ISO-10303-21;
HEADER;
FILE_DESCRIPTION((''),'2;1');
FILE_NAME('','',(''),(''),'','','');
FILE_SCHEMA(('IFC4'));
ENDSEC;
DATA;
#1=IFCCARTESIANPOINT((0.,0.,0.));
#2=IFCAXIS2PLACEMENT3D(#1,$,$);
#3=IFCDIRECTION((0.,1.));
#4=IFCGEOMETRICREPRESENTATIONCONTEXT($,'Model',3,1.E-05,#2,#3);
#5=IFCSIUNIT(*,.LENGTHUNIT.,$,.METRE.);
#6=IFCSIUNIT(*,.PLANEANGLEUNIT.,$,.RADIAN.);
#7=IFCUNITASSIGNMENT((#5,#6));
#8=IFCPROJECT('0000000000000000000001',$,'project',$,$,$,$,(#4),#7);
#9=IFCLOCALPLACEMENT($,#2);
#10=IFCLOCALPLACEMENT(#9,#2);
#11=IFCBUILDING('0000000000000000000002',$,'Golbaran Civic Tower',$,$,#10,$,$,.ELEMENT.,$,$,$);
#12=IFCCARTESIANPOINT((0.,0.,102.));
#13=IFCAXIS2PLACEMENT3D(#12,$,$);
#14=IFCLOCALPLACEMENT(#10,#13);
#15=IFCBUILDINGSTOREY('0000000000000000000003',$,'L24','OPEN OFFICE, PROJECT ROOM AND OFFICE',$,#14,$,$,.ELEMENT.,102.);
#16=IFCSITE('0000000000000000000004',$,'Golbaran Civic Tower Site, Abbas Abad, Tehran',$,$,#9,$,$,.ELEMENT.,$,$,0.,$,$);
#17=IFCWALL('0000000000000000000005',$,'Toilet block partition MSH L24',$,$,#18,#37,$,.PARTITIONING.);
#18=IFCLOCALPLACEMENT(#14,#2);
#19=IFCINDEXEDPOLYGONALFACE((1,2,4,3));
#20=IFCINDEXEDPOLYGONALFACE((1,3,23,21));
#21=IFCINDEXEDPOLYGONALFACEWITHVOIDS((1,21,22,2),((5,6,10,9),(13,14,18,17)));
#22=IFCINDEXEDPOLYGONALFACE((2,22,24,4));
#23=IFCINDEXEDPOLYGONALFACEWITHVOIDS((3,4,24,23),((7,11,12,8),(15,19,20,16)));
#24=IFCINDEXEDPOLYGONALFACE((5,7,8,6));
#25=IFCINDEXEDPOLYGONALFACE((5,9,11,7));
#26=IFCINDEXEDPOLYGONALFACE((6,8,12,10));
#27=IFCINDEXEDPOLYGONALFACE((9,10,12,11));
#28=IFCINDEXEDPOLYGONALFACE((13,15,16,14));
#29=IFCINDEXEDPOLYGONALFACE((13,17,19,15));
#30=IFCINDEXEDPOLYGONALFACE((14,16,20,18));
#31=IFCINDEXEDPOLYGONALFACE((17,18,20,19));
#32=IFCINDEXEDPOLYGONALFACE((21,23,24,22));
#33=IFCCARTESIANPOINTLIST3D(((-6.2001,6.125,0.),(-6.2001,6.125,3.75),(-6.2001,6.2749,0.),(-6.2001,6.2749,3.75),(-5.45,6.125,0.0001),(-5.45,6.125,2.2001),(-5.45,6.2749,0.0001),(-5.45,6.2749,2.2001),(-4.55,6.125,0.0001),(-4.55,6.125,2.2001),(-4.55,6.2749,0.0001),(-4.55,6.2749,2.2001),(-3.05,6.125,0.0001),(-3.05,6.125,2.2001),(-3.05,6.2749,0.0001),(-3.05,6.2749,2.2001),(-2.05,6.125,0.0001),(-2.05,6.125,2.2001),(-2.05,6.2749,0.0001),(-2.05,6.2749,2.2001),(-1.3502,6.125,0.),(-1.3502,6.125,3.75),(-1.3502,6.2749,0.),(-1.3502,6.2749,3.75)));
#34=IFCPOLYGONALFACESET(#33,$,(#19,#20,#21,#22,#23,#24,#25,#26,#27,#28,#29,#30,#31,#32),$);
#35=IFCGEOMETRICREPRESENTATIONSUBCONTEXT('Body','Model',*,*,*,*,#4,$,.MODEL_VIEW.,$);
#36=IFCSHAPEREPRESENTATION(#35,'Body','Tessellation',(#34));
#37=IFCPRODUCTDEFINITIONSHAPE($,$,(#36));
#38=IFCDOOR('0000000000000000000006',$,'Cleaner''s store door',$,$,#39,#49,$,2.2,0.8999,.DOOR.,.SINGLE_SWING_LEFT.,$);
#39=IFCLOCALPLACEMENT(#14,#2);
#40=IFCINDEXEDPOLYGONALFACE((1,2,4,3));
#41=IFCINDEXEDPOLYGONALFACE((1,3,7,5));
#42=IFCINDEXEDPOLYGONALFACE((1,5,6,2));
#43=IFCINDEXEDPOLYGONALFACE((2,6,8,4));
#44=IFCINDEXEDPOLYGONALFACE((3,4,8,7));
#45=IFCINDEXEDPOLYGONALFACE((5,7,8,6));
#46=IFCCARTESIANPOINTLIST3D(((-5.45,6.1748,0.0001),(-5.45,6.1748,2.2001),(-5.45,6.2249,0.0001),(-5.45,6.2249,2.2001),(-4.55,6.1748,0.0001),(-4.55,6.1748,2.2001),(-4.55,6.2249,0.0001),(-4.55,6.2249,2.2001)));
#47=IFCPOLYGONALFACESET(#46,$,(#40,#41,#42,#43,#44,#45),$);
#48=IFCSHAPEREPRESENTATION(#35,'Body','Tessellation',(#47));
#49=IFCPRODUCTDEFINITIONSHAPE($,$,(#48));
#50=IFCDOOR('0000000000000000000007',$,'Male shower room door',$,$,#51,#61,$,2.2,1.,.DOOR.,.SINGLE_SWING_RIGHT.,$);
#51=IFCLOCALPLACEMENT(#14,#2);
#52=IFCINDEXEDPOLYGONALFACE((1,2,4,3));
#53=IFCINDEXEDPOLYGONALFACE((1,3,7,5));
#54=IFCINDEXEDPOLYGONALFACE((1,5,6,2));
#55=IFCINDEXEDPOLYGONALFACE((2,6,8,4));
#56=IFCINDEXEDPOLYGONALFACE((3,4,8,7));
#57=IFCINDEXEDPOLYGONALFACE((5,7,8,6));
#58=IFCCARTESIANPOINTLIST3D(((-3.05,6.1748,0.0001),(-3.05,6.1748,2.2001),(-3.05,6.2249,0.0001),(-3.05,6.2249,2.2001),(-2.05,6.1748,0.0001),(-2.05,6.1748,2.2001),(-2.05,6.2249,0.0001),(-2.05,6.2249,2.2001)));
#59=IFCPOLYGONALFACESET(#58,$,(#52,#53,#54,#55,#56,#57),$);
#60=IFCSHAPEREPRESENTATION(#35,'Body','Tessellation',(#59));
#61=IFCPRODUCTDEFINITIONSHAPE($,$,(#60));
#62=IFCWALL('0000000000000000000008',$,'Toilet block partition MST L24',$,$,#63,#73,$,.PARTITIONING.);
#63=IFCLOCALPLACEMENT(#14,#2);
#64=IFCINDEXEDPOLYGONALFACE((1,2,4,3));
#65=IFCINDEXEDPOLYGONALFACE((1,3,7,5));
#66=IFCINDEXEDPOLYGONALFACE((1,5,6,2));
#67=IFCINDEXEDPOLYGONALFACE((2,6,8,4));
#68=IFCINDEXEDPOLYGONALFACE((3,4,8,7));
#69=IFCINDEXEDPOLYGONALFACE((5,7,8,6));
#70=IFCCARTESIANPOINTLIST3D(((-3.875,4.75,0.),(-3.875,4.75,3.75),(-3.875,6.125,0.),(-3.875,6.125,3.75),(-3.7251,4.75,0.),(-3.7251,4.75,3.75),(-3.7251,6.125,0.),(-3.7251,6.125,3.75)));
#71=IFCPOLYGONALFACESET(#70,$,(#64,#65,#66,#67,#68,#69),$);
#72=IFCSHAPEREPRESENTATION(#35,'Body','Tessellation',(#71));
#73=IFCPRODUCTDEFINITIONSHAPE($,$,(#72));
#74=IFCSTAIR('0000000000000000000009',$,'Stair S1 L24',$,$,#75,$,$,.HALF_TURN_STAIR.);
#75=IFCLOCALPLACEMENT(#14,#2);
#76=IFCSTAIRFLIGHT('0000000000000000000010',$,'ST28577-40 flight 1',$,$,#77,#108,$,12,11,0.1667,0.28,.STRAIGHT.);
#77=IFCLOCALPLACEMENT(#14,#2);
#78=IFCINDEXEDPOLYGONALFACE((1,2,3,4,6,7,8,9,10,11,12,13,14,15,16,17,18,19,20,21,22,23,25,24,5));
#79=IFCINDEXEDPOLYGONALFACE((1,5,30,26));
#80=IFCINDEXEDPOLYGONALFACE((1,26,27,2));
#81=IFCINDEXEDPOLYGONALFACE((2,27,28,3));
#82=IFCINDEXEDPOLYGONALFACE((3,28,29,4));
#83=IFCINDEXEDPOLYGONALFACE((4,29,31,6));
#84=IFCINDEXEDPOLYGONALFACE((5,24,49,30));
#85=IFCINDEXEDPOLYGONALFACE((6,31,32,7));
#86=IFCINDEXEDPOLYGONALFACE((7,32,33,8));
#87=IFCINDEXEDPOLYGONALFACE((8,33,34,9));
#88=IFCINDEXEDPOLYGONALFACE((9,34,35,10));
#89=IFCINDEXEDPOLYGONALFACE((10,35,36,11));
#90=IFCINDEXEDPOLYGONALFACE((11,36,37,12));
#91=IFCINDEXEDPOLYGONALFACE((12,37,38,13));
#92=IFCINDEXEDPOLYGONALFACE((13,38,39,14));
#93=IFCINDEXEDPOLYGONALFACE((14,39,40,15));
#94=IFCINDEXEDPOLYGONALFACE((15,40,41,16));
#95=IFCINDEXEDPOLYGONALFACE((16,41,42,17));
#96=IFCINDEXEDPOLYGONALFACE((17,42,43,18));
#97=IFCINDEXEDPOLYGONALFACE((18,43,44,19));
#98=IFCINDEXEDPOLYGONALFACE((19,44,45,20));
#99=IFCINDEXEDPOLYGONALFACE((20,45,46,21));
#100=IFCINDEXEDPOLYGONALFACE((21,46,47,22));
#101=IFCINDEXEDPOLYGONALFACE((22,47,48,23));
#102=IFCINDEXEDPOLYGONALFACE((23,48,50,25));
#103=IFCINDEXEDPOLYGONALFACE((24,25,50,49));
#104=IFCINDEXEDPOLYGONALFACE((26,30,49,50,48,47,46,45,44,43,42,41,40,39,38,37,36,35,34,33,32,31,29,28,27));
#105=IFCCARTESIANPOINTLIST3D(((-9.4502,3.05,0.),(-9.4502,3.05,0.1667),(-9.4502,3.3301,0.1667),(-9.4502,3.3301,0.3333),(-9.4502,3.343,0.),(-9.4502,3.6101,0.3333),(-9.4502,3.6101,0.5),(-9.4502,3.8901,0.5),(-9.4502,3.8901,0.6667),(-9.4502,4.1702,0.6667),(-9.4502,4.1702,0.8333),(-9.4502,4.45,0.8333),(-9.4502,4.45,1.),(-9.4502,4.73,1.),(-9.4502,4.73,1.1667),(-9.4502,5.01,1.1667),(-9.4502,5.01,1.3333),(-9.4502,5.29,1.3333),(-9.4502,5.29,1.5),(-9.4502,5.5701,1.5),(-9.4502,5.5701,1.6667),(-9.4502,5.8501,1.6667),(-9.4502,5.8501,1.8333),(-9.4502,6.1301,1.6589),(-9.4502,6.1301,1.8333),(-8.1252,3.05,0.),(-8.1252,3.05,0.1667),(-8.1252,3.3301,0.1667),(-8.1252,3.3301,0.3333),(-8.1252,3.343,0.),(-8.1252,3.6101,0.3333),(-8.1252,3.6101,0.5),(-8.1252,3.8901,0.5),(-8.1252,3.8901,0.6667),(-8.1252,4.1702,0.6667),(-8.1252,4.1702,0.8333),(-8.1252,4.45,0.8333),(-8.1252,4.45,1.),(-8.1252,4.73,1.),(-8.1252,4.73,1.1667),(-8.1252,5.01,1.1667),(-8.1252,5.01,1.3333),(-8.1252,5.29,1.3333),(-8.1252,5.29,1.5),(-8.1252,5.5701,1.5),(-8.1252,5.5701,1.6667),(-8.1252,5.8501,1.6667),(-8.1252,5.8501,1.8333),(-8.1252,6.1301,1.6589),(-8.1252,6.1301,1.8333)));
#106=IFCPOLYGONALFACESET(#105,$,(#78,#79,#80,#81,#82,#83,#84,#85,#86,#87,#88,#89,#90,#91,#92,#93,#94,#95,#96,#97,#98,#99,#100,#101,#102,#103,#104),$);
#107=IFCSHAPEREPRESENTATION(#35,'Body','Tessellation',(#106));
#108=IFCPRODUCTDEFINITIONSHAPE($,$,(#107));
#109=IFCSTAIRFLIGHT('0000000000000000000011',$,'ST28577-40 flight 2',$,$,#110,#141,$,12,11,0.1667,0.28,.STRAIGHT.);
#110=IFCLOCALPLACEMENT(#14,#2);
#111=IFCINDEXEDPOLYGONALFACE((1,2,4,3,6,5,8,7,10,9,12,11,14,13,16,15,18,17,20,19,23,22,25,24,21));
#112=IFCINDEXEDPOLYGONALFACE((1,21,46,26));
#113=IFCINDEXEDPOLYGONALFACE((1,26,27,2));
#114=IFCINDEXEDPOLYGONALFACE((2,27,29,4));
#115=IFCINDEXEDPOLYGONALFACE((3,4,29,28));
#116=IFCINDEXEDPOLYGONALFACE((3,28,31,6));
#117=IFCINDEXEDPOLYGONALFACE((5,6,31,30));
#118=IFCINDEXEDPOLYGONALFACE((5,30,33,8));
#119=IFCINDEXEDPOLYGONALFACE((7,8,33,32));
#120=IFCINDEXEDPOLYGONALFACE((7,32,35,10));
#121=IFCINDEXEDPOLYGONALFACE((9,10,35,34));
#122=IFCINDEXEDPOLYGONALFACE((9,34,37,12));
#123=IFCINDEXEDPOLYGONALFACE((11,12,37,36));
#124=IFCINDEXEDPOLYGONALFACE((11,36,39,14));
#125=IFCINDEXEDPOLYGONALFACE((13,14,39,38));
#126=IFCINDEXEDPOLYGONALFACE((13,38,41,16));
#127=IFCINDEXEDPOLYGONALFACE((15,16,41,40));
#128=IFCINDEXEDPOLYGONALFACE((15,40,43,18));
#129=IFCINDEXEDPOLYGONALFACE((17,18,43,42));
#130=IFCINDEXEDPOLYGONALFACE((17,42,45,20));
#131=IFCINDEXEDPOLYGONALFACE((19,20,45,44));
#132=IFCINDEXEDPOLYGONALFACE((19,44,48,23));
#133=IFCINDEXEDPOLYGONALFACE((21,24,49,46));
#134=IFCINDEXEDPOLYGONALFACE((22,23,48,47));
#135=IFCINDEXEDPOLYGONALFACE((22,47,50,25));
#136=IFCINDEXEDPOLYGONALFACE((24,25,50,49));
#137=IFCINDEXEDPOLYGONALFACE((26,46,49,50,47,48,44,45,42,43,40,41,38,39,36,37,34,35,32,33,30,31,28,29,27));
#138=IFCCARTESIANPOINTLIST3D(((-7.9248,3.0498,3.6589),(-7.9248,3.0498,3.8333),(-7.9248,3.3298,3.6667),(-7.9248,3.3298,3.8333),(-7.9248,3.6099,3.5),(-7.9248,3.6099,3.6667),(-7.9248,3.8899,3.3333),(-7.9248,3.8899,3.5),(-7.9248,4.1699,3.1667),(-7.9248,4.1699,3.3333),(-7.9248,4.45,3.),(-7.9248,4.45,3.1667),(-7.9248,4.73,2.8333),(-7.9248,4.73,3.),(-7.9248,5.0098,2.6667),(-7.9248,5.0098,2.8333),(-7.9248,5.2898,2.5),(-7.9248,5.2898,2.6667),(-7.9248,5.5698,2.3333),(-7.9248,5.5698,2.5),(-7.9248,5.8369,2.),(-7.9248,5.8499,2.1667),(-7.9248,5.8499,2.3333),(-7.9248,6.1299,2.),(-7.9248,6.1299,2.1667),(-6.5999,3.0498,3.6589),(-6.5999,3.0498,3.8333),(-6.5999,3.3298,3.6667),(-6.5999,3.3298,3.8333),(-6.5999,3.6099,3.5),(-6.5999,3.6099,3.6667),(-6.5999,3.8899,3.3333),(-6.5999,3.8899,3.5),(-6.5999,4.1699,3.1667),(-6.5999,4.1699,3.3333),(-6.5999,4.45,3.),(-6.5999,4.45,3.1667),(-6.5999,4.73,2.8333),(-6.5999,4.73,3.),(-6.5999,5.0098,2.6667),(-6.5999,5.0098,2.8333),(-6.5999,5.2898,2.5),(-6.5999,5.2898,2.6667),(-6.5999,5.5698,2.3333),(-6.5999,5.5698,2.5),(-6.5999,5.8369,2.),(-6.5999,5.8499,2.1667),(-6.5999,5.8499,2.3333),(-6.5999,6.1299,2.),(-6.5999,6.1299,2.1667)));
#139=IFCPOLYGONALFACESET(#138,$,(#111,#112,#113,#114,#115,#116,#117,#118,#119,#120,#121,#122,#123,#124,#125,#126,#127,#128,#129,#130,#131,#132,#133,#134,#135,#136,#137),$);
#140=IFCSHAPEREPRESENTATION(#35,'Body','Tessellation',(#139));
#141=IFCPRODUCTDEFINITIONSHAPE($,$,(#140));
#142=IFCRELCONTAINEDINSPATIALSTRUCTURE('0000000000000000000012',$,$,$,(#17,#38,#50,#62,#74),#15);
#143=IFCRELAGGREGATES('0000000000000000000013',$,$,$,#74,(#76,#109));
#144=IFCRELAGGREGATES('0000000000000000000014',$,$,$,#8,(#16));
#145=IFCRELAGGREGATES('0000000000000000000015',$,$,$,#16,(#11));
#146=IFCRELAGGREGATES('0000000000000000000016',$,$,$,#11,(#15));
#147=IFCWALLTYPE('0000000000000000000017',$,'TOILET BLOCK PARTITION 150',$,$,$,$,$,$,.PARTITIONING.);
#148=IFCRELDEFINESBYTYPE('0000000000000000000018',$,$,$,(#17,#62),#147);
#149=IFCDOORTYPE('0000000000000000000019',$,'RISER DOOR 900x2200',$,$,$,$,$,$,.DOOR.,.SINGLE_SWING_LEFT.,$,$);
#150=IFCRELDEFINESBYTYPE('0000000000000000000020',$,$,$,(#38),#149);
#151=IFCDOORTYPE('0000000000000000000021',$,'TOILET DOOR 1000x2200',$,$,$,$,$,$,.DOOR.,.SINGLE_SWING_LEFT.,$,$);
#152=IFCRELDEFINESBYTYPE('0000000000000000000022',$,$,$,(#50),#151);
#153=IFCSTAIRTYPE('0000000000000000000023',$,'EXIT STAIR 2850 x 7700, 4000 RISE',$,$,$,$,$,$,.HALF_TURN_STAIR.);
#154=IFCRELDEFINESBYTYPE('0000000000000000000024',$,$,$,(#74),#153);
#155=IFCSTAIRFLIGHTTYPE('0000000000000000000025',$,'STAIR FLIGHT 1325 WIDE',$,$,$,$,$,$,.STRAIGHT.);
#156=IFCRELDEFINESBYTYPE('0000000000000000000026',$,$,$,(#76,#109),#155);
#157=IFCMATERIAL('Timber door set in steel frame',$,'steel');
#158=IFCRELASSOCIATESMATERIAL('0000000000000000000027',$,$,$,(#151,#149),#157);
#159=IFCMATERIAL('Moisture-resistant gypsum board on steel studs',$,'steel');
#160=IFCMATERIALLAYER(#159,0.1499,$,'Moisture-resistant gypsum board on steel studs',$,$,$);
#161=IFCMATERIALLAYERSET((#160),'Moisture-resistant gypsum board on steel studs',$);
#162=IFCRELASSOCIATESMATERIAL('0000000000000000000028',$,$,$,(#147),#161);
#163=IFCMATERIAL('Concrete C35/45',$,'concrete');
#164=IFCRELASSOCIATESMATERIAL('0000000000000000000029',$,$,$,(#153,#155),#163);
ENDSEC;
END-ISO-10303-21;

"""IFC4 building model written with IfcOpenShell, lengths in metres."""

from ifc_helpers import new_model, si_unit, direction, frame, frame_2d, origin, place, context, subcontext, project, spatial, polyline, rectangle, outline, extrude, material, layer, layer_set, type_object, element, fill, aggregate, save


model = new_model("IFC4")

# Units and contexts
model_context = context("Model", 3, precision=1e-05, world=origin(), true_north=direction((0.0, 1.0)))
body_context = subcontext(model_context, "Body", "Model", "MODEL_VIEW")
ifc_project = project(units=[si_unit("LENGTHUNIT", "METRE"), si_unit("PLANEANGLEUNIT", "RADIAN")], contexts=[model_context])

# Site, building, storey
site_placement = place(None, origin())
site = spatial("IfcSite", under=ifc_project, at=site_placement, Name="Golbaran Civic Tower Site, Abbas Abad, Tehran", CompositionType="ELEMENT", RefElevation=0.0)
building_placement = place(site_placement, origin())
building = spatial("IfcBuilding", under=site, at=building_placement, Name="Golbaran Civic Tower", CompositionType="ELEMENT")
storey_placement = place(building_placement, frame((0.0, 0.0, 102.0)))
storey = spatial("IfcBuildingStorey", under=building, at=storey_placement, Name="L24", Description="OPEN OFFICE, PROJECT ROOM AND OFFICE", CompositionType="ELEMENT", Elevation=102.0)

# Shared definitions
ifc_material_1 = material(Name="Concrete C35/45", Category="concrete")

# Shared definitions
ifc_material_2 = material(Name="Timber door set in steel frame", Category="steel")

# Shared definitions
door_type_1 = type_object("IfcDoorType", Name="TOILET DOOR 1000x2200", OperationType="SINGLE_SWING_LEFT", PredefinedType="DOOR", material=ifc_material_2)

# Wall, openings, doors
ifc_material_3 = material(Name="Moisture-resistant gypsum board on steel studs", Category="steel")
ifc_layer_1 = layer(ifc_material_3, 0.1499, Name="Moisture-resistant gypsum board on steel studs")
ifc_layer_set_1 = layer_set([ifc_layer_1], Name="Moisture-resistant gypsum board on steel studs")
wall_type_1 = type_object("IfcWallType", Name="TOILET BLOCK PARTITION 150", PredefinedType="PARTITIONING", material=ifc_layer_set_1)
wall_1_placement = place(storey_placement, frame((-6.2, 6.2, 0.0), z_axis=(0.0, 0.0, 1.0), x_axis=(1.0, 0.0, 0.0)))
wall_1 = element("IfcWall", 1, at=wall_1_placement, inside=storey, type_object=wall_type_1, Name="Toilet block partition MSH L24", PredefinedType="PARTITIONING", context=body_context, shape_type="SweptSolid", body=[
    extrude(rectangle(XDim=4.8499, YDim=0.1499, at=frame_2d((2.4248, 0.0))), origin(), (0.0, 0.0, 1.0), 3.75),
])
opening_1_placement = place(wall_1_placement, frame((3.1499, 0.0, 0.0)))
opening_1 = element("IfcOpeningElement", 2, at=opening_1_placement, cuts=wall_1, PredefinedType="OPENING", context=body_context, shape_type="SweptSolid", body=[
    extrude(rectangle(XDim=1.0, YDim=2.2, at=frame_2d((0.5, 1.1001))), frame((0.0, 0.085, 0.0), z_axis=(0.0, -1.0, 0.0), x_axis=(1.0, 0.0, 0.0)), (0.0, 0.0, 1.0), 0.1699),
])
opening_2_placement = place(wall_1_placement, frame((0.75, 0.0, 0.0)))
opening_2 = element("IfcOpeningElement", 3, at=opening_2_placement, cuts=wall_1, PredefinedType="OPENING", context=body_context, shape_type="SweptSolid", body=[
    extrude(rectangle(XDim=0.8999, YDim=2.2, at=frame_2d((0.45, 1.1001))), frame((0.0, 0.085, 0.0), z_axis=(0.0, -1.0, 0.0), x_axis=(1.0, 0.0, 0.0)), (0.0, 0.0, 1.0), 0.1699),
])
door_type_2 = type_object("IfcDoorType", Name="RISER DOOR 900x2200", OperationType="SINGLE_SWING_LEFT", PredefinedType="DOOR", material=ifc_material_2)
door_1_placement = place(opening_2_placement, origin())
door_1 = element("IfcDoor", 4, at=door_1_placement, inside=storey, type_object=door_type_2, Name="Cleaner's store door", OperationType="SINGLE_SWING_LEFT", OverallHeight=2.2, OverallWidth=0.8999, PredefinedType="DOOR", context=body_context, shape_type="SweptSolid", body=[
    extrude(rectangle(XDim=0.8999, YDim=2.2, at=frame_2d((0.45, 1.1001))), frame((0.0, 0.0249, 0.0), z_axis=(0.0, -1.0, 0.0), x_axis=(1.0, 0.0, 0.0)), (0.0, 0.0, 1.0), 0.05),
])
fill(opening_2, door_1)
door_2_placement = place(opening_1_placement, origin())
door_2 = element("IfcDoor", 5, at=door_2_placement, inside=storey, type_object=door_type_1, Name="Male shower room door", OperationType="SINGLE_SWING_RIGHT", OverallHeight=2.2, OverallWidth=1.0, PredefinedType="DOOR", context=body_context, shape_type="SweptSolid", body=[
    extrude(rectangle(XDim=1.0, YDim=2.2, at=frame_2d((0.5, 1.1001))), frame((0.0, 0.0249, 0.0), z_axis=(0.0, -1.0, 0.0), x_axis=(1.0, 0.0, 0.0)), (0.0, 0.0, 1.0), 0.05),
])
fill(opening_1, door_2)

# Wall
wall_2_placement = place(storey_placement, frame((-3.8, 4.75, 0.0), z_axis=(0.0, 0.0, 1.0), x_axis=(0.0, 1.0, 0.0)))
element("IfcWall", 6, at=wall_2_placement, inside=storey, type_object=wall_type_1, Name="Toilet block partition MST L24", PredefinedType="PARTITIONING", context=body_context, shape_type="SweptSolid", body=[
    extrude(rectangle(XDim=1.375, YDim=0.1499, at=frame_2d((0.6875, 0.0))), origin(), (0.0, 0.0, 1.0), 3.75),
])

# Stair, stair flights
stair_type = type_object("IfcStairType", Name="EXIT STAIR 2850 x 7700, 4000 RISE", PredefinedType="HALF_TURN_STAIR", material=ifc_material_1)
stair_placement = place(storey_placement, origin())
stair = element("IfcStair", 7, at=stair_placement, inside=storey, type_object=stair_type, Name="Stair S1 L24", PredefinedType="HALF_TURN_STAIR")
stair_flight_type = type_object("IfcStairFlightType", Name="STAIR FLIGHT 1325 WIDE", PredefinedType="STRAIGHT", material=ifc_material_1)
stair_flight_1_placement = place(storey_placement, frame((-8.7876, 3.05, 0.0), z_axis=(0.0, 0.0, 1.0), x_axis=(0.0, 1.0, 0.0)))
stair_flight_1 = element("IfcStairFlight", 8, at=stair_flight_1_placement, type_object=stair_flight_type, Name="ST28577-40 flight 1", NumberOfRisers=12, NumberOfTreads=11, PredefinedType="STRAIGHT", RiserHeight=0.1667, TreadLength=0.28, context=body_context, shape_type="SweptSolid", body=[
    extrude(outline(polyline([(0.0, 0.0), (0.0, 0.1667), (0.28, 0.1667), (0.28, 0.3333), (0.5601, 0.3333), (0.5601, 0.5), (0.8401, 0.5), (0.8401, 0.6667), (1.1201, 0.6667), (1.1201, 0.8333), (1.3999, 0.8333), (1.3999, 1.0), (1.6799, 1.0), (1.6799, 1.1667), (1.96, 1.1667), (1.96, 1.3333), (2.24, 1.3333), (2.24, 1.5), (2.52, 1.5), (2.52, 1.6667), (2.8, 1.6667), (2.8, 1.8333), (3.0801, 1.8333), (3.0801, 2.0), (3.0801, 1.6589), (0.293, 0.0), (0.0, 0.0)])), frame((0.0, 0.6626, 0.0), z_axis=(0.0, -1.0, 0.0), x_axis=(1.0, 0.0, 0.0)), (0.0, 0.0, 1.0), 1.325),
])
stair_flight_2_placement = place(storey_placement, frame((-7.2625, 6.1299, 2.0), z_axis=(0.0, 0.0, 1.0), x_axis=(0.0, -1.0, 0.0)))
stair_flight_2 = element("IfcStairFlight", 9, at=stair_flight_2_placement, type_object=stair_flight_type, Name="ST28577-40 flight 2", NumberOfRisers=12, NumberOfTreads=11, PredefinedType="STRAIGHT", RiserHeight=0.1667, TreadLength=0.28, context=body_context, shape_type="SweptSolid", body=[
    extrude(outline(polyline([(0.0, 0.0), (0.0, 0.1667), (0.28, 0.1667), (0.28, 0.3333), (0.5601, 0.3333), (0.5601, 0.5), (0.8401, 0.5), (0.8401, 0.6667), (1.1201, 0.6667), (1.1201, 0.8333), (1.3999, 0.8333), (1.3999, 1.0), (1.6799, 1.0), (1.6799, 1.1667), (1.96, 1.1667), (1.96, 1.3333), (2.24, 1.3333), (2.24, 1.5), (2.52, 1.5), (2.52, 1.6667), (2.8, 1.6667), (2.8, 1.8333), (3.0801, 1.8333), (3.0801, 2.0), (3.0801, 1.6589), (0.293, 0.0), (0.0, 0.0)])), frame((0.0, 0.6626, 0.0), z_axis=(0.0, -1.0, 0.0), x_axis=(1.0, 0.0, 0.0)), (0.0, 0.0, 1.0), 1.325),
])
aggregate(stair, [stair_flight_1, stair_flight_2])

save(model, "model.ifc")
